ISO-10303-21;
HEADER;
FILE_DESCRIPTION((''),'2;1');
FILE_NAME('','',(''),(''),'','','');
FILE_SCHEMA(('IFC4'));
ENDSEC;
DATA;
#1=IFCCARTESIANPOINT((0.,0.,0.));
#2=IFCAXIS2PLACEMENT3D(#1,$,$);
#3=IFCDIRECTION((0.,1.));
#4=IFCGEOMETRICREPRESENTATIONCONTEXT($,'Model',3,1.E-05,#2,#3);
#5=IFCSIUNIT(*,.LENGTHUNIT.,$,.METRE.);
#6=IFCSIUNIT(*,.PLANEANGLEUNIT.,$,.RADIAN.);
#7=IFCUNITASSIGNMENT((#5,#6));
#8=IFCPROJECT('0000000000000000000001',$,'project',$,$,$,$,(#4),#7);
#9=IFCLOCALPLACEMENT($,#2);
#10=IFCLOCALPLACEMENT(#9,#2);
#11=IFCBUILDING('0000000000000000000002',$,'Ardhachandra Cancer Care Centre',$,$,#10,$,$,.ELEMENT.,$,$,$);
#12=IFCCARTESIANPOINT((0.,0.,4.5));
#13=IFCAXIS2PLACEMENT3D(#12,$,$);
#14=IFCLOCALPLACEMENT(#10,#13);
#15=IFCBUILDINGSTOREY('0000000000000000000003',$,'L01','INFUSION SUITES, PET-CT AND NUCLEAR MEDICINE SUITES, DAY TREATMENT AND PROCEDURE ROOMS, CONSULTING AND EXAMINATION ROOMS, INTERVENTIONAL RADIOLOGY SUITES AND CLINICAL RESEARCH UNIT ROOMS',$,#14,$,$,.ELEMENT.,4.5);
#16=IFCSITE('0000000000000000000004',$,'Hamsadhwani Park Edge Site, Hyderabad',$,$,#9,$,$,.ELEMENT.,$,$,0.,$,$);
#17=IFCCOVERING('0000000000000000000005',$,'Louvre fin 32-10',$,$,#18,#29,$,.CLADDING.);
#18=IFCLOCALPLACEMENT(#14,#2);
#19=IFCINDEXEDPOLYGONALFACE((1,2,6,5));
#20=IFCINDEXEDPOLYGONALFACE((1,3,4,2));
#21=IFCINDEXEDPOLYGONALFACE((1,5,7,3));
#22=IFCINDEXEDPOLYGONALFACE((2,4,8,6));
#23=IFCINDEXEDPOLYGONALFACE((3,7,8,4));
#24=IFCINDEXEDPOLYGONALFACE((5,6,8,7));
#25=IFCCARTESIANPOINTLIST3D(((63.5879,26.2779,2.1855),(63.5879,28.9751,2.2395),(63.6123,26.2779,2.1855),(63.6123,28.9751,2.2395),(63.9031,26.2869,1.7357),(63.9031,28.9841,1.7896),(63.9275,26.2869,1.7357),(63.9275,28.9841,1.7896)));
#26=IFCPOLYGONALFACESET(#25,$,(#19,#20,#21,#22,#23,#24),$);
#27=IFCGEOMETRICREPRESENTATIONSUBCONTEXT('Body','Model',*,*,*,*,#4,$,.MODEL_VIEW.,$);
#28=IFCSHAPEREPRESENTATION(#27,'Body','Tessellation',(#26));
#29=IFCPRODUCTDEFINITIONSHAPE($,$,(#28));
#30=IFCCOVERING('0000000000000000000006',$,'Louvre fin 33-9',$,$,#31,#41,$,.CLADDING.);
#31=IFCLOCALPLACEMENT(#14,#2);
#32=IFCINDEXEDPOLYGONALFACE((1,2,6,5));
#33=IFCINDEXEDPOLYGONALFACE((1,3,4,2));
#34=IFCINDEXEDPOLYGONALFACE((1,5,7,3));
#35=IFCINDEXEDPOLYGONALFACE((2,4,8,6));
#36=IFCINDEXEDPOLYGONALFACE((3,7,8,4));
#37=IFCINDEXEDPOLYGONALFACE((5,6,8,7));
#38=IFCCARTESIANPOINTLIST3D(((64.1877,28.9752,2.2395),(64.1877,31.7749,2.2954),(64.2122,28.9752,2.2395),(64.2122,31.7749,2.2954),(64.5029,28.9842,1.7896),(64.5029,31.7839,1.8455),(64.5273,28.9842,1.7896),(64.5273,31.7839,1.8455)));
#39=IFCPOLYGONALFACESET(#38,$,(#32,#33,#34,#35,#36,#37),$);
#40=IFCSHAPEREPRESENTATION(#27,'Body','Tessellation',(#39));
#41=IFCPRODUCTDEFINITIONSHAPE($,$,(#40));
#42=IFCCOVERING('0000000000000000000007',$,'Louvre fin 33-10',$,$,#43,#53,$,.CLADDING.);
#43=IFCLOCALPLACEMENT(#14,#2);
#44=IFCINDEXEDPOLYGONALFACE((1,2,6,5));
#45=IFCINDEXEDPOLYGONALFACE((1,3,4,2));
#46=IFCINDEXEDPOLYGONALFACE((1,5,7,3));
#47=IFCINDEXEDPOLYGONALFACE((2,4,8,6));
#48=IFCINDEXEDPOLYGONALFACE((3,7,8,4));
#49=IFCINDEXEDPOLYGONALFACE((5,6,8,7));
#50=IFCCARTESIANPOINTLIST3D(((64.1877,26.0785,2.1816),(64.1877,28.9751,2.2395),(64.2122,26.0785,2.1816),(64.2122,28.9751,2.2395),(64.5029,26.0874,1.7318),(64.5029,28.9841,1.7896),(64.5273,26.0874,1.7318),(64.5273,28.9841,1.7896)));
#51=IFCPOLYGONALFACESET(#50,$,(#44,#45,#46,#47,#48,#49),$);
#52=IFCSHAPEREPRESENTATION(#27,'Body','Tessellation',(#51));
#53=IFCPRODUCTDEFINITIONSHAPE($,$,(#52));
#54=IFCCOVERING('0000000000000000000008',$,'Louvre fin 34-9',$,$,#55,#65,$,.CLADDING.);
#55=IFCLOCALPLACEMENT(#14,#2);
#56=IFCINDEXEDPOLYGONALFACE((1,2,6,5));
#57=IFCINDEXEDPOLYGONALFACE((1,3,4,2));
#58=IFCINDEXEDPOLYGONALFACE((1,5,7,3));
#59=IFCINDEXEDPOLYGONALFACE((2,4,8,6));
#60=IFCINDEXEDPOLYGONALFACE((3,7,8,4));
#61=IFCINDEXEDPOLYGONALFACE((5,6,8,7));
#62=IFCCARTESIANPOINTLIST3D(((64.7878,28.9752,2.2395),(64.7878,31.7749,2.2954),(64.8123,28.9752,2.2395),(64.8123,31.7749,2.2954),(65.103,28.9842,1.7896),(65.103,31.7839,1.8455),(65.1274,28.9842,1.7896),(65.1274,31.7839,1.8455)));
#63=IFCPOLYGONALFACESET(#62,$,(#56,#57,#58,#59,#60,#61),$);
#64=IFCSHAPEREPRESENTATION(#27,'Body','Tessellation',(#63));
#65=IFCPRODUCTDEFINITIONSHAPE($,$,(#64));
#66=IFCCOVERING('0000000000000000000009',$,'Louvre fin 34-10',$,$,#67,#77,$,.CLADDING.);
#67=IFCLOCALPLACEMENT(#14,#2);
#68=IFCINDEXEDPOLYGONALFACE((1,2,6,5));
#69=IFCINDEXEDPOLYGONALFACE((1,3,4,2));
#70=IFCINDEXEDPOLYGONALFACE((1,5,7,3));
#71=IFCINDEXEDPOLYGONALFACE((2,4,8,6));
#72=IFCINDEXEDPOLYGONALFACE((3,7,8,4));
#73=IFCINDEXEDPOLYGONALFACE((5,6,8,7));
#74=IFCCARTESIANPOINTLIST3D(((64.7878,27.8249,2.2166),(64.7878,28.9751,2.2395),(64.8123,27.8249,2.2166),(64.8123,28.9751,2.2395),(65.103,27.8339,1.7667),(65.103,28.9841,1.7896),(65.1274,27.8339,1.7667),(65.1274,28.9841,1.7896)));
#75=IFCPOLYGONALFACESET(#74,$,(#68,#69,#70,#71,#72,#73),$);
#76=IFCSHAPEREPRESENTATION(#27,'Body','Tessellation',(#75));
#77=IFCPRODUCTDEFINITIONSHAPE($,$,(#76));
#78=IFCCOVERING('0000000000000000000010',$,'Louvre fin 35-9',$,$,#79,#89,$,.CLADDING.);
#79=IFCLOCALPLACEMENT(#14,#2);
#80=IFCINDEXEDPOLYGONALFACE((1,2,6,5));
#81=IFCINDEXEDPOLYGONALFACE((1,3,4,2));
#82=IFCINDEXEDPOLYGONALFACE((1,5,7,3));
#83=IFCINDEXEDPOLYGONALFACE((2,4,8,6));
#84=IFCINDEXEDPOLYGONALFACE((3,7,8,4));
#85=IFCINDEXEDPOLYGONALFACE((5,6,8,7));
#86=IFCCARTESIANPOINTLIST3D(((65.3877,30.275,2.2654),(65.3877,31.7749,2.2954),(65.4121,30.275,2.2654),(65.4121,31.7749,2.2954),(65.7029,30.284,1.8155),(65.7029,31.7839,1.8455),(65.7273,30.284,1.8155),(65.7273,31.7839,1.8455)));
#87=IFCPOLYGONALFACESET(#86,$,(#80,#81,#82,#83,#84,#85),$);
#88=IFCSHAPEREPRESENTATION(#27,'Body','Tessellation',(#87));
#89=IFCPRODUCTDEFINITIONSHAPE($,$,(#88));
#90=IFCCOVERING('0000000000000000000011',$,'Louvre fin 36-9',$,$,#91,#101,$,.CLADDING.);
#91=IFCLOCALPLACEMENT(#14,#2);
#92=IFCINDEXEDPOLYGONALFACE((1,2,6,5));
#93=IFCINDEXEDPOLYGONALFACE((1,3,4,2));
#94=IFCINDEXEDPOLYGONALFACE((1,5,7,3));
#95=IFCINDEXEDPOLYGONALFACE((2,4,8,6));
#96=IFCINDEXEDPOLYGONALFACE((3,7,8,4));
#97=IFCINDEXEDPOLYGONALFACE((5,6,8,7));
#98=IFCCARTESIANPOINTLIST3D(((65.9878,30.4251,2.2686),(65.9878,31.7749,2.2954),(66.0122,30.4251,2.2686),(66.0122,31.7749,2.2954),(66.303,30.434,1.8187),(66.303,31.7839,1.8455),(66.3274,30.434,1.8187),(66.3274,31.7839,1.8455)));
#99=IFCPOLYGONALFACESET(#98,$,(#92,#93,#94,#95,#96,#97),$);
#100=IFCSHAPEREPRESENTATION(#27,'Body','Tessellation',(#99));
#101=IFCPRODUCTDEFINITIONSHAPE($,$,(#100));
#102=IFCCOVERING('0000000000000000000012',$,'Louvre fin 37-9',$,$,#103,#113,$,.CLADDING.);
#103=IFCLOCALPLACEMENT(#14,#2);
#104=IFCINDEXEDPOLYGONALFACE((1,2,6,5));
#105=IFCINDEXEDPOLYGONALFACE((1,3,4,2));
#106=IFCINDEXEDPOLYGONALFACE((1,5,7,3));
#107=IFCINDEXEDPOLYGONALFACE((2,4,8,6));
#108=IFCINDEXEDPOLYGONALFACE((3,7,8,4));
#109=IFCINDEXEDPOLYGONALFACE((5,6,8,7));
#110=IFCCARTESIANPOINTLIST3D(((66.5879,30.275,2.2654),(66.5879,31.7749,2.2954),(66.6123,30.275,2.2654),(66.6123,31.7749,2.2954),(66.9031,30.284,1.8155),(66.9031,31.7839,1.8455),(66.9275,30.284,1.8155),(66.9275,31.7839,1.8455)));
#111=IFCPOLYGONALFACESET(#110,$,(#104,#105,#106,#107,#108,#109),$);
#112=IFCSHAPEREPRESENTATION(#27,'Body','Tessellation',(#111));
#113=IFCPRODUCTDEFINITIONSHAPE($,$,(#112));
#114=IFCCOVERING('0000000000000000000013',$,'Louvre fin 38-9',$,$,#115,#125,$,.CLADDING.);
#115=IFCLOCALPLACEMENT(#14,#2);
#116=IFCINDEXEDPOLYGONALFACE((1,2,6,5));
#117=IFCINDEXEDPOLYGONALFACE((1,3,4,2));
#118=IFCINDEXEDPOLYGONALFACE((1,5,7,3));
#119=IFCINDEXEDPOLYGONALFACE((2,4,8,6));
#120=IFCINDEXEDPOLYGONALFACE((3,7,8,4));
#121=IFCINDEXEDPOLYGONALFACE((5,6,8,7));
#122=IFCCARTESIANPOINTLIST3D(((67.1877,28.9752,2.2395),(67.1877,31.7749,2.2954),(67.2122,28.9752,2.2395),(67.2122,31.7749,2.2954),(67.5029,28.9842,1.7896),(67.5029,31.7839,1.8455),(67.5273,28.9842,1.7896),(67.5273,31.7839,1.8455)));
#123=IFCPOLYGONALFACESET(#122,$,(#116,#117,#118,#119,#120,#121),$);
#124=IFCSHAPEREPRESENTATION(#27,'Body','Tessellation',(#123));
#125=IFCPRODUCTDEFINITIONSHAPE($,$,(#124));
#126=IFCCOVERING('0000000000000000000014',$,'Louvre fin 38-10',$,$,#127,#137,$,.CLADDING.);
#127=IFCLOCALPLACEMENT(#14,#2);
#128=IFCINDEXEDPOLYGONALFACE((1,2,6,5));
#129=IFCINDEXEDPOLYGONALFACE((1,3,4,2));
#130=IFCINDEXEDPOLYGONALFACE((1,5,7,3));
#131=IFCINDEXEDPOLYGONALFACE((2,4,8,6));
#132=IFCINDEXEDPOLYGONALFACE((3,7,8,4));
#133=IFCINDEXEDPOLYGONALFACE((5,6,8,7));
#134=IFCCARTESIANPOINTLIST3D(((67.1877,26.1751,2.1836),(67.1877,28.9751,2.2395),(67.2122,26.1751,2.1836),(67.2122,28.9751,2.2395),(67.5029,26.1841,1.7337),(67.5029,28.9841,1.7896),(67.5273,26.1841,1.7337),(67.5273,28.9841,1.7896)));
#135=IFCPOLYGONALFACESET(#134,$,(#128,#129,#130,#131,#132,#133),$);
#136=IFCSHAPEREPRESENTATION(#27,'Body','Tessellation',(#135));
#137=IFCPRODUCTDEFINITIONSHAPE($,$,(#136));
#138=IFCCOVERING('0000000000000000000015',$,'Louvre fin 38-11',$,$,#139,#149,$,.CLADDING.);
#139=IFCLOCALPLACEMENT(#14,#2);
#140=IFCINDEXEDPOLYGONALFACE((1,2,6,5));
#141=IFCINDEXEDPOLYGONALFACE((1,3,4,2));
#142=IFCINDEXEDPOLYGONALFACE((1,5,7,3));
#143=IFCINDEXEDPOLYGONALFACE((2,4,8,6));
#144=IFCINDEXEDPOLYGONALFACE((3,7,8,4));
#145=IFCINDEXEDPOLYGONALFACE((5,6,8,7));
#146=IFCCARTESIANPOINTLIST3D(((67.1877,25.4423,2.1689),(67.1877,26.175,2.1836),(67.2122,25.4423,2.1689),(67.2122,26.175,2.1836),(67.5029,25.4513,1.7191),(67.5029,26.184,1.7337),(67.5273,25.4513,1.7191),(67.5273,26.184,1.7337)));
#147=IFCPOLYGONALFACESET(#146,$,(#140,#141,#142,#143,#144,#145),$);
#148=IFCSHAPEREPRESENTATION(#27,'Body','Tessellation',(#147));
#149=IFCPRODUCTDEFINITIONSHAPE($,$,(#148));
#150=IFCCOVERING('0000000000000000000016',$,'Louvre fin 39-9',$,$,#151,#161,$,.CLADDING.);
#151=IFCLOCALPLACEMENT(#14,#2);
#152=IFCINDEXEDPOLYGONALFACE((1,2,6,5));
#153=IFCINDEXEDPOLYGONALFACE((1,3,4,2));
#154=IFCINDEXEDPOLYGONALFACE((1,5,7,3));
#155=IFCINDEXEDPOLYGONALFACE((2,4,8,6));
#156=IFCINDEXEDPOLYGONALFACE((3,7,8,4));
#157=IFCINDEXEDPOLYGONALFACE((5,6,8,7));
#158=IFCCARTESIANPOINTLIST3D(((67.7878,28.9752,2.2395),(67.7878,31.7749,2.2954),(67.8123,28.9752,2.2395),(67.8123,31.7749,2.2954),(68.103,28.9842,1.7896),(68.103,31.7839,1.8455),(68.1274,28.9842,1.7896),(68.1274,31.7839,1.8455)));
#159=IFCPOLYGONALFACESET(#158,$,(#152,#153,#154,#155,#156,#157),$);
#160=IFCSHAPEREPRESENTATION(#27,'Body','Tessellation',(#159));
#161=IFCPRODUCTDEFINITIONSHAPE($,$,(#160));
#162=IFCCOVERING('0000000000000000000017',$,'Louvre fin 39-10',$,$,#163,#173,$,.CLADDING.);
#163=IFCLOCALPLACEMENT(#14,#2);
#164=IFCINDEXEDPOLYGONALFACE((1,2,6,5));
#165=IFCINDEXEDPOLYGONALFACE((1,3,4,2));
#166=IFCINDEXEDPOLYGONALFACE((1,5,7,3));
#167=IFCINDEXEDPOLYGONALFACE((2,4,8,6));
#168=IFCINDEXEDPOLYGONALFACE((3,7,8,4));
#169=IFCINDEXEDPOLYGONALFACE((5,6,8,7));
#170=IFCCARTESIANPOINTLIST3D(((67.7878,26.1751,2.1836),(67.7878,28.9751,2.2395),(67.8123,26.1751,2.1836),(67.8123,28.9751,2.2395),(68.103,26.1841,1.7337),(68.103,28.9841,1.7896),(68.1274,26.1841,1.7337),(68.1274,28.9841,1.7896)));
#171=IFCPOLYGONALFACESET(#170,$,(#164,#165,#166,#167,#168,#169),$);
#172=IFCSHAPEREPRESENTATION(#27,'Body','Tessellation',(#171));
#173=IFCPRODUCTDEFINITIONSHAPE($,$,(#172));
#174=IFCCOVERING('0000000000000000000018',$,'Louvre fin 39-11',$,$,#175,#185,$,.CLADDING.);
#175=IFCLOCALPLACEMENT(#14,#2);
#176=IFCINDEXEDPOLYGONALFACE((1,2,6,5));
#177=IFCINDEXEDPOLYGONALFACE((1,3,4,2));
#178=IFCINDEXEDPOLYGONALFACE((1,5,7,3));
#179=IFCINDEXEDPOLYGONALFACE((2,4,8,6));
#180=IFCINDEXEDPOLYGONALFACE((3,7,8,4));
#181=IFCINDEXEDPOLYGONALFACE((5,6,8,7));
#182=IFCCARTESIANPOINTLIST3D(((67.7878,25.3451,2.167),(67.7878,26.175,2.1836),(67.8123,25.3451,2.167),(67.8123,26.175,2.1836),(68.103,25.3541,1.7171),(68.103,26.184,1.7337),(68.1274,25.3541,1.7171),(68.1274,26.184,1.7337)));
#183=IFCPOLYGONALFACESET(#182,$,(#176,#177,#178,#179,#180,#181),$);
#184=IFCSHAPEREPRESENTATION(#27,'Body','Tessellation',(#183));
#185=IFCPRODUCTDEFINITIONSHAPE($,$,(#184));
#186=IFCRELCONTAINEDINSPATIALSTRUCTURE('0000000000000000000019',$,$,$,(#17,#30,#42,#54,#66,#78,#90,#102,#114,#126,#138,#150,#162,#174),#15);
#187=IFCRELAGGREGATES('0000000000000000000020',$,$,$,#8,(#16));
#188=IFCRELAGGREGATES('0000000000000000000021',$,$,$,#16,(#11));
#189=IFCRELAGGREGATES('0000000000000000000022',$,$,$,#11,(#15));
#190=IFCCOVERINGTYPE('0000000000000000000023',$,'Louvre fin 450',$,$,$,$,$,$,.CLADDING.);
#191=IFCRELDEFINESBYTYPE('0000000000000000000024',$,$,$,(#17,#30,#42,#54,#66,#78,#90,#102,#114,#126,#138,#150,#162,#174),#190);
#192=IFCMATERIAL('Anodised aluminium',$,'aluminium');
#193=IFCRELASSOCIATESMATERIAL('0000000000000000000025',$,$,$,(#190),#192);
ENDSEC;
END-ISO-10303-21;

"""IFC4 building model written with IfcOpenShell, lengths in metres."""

from ifc_helpers import new_model, si_unit, direction, frame, origin, place, context, subcontext, project, spatial, polyline, outline, extrude, material, material_profile, profile_set, type_object, element, save


model = new_model("IFC4")

# Units and contexts
model_context = context("Model", 3, precision=1e-05, world=origin(), true_north=direction((0.0, 1.0)))
body_context = subcontext(model_context, "Body", "Model", "MODEL_VIEW")
ifc_project = project(units=[si_unit("LENGTHUNIT", "METRE"), si_unit("PLANEANGLEUNIT", "RADIAN")], contexts=[model_context])

# Site, building, storey
site_placement = place(None, origin())
site = spatial("IfcSite", under=ifc_project, at=site_placement, Name="Hamsadhwani Park Edge Site, Hyderabad", CompositionType="ELEMENT", RefElevation=0.0)
building_placement = place(site_placement, origin())
building = spatial("IfcBuilding", under=site, at=building_placement, Name="Ardhachandra Cancer Care Centre", CompositionType="ELEMENT")
storey_placement = place(building_placement, frame((0.0, 0.0, 4.5)))
storey = spatial("IfcBuildingStorey", under=building, at=storey_placement, Name="L01", Description="INFUSION SUITES, PET-CT AND NUCLEAR MEDICINE SUITES, DAY TREATMENT AND PROCEDURE ROOMS, CONSULTING AND EXAMINATION ROOMS, INTERVENTIONAL RADIOLOGY SUITES AND CLINICAL RESEARCH UNIT ROOMS", CompositionType="ELEMENT", Elevation=4.5)

# Coverings
ifc_material_1 = material(Name="Anodised aluminium", Category="aluminium")
ifc_material_profile_1 = material_profile(ifc_material_1, outline(polyline([(-0.0122, 0.0), (0.0122, 0.0), (0.3274, -0.45), (0.303, -0.45), (-0.0122, 0.0)])), Name="Louvre fin 450")
ifc_profile_set_1 = profile_set([ifc_material_profile_1], Name="Anodised aluminium")
covering_type = type_object("IfcCoveringType", Name="Louvre fin 450", PredefinedType="CLADDING", material=ifc_profile_set_1)
covering_1_placement = place(storey_placement, frame((63.6001, 28.9751, 2.2395), z_axis=(0.0, -0.9998, -0.02), x_axis=(1.0, 0.0, 0.0)))
element("IfcCovering", 1, at=covering_1_placement, inside=storey, type_object=covering_type, Name="Louvre fin 32-10", PredefinedType="CLADDING", context=body_context, shape_type="SweptSolid", body=[
    extrude(outline(polyline([(-0.0122, 0.0), (0.0122, 0.0), (0.3274, -0.45), (0.303, -0.45), (-0.0122, 0.0)])), origin(), (0.0, 0.0, 1.0), 2.6978),
])
covering_2_placement = place(storey_placement, frame((64.2, 31.7749, 2.2954), z_axis=(0.0, -0.999801, -0.019965), x_axis=(1.0, 0.0, 0.0)))
element("IfcCovering", 2, at=covering_2_placement, inside=storey, type_object=covering_type, Name="Louvre fin 33-9", PredefinedType="CLADDING", context=body_context, shape_type="SweptSolid", body=[
    extrude(outline(polyline([(-0.0122, 0.0), (0.0122, 0.0), (0.3274, -0.45), (0.303, -0.45), (-0.0122, 0.0)])), origin(), (0.0, 0.0, 1.0), 2.8003),
])
covering_3_placement = place(storey_placement, frame((64.2, 28.9751, 2.2395), z_axis=(0.0, -0.999801, -0.019971), x_axis=(1.0, 0.0, 0.0)))
element("IfcCovering", 3, at=covering_3_placement, inside=storey, type_object=covering_type, Name="Louvre fin 33-10", PredefinedType="CLADDING", context=body_context, shape_type="SweptSolid", body=[
    extrude(outline(polyline([(-0.0122, 0.0), (0.0122, 0.0), (0.3274, -0.45), (0.303, -0.45), (-0.0122, 0.0)])), origin(), (0.0, 0.0, 1.0), 2.8972),
])
covering_4_placement = place(storey_placement, frame((64.8, 31.7749, 2.2954), z_axis=(0.0, -0.999801, -0.019965), x_axis=(1.0, 0.0, 0.0)))
element("IfcCovering", 4, at=covering_4_placement, inside=storey, type_object=covering_type, Name="Louvre fin 34-9", PredefinedType="CLADDING", context=body_context, shape_type="SweptSolid", body=[
    extrude(outline(polyline([(-0.0122, 0.0), (0.0122, 0.0), (0.3274, -0.45), (0.303, -0.45), (-0.0122, 0.0)])), origin(), (0.0, 0.0, 1.0), 2.8003),
])
covering_5_placement = place(storey_placement, frame((64.8, 28.9751, 2.2395), z_axis=(0.0, -0.999801, -0.019949), x_axis=(1.0, 0.0, 0.0)))
element("IfcCovering", 5, at=covering_5_placement, inside=storey, type_object=covering_type, Name="Louvre fin 34-10", PredefinedType="CLADDING", context=body_context, shape_type="SweptSolid", body=[
    extrude(outline(polyline([(-0.0122, 0.0), (0.0122, 0.0), (0.3274, -0.45), (0.303, -0.45), (-0.0122, 0.0)])), origin(), (0.0, 0.0, 1.0), 1.1504),
])
covering_6_placement = place(storey_placement, frame((65.3999, 31.7749, 2.2954), z_axis=(0.0, -0.9998, -0.020016), x_axis=(1.0, 0.0, 0.0)))
element("IfcCovering", 6, at=covering_6_placement, inside=storey, type_object=covering_type, Name="Louvre fin 35-9", PredefinedType="CLADDING", context=body_context, shape_type="SweptSolid", body=[
    extrude(outline(polyline([(-0.0122, 0.0), (0.0122, 0.0), (0.3274, -0.45), (0.303, -0.45), (-0.0122, 0.0)])), origin(), (0.0, 0.0, 1.0), 1.5002),
])
covering_7_placement = place(storey_placement, frame((66.0, 31.7749, 2.2954), z_axis=(0.0, -0.999802, -0.019891), x_axis=(1.0, 0.0, 0.0)))
element("IfcCovering", 7, at=covering_7_placement, inside=storey, type_object=covering_type, Name="Louvre fin 36-9", PredefinedType="CLADDING", context=body_context, shape_type="SweptSolid", body=[
    extrude(outline(polyline([(-0.0122, 0.0), (0.0122, 0.0), (0.3274, -0.45), (0.303, -0.45), (-0.0122, 0.0)])), origin(), (0.0, 0.0, 1.0), 1.3501),
])
covering_8_placement = place(storey_placement, frame((66.6001, 31.7749, 2.2954), z_axis=(0.0, -0.9998, -0.020016), x_axis=(1.0, 0.0, 0.0)))
element("IfcCovering", 8, at=covering_8_placement, inside=storey, type_object=covering_type, Name="Louvre fin 37-9", PredefinedType="CLADDING", context=body_context, shape_type="SweptSolid", body=[
    extrude(outline(polyline([(-0.0122, 0.0), (0.0122, 0.0), (0.3274, -0.45), (0.303, -0.45), (-0.0122, 0.0)])), origin(), (0.0, 0.0, 1.0), 1.5002),
])
covering_9_placement = place(storey_placement, frame((67.2, 31.7749, 2.2954), z_axis=(0.0, -0.999801, -0.019965), x_axis=(1.0, 0.0, 0.0)))
element("IfcCovering", 9, at=covering_9_placement, inside=storey, type_object=covering_type, Name="Louvre fin 38-9", PredefinedType="CLADDING", context=body_context, shape_type="SweptSolid", body=[
    extrude(outline(polyline([(-0.0122, 0.0), (0.0122, 0.0), (0.3274, -0.45), (0.303, -0.45), (-0.0122, 0.0)])), origin(), (0.0, 0.0, 1.0), 2.8003),
])
covering_10_placement = place(storey_placement, frame((67.2, 28.9751, 2.2395), z_axis=(0.0, -0.999801, -0.019963), x_axis=(1.0, 0.0, 0.0)))
element("IfcCovering", 10, at=covering_10_placement, inside=storey, type_object=covering_type, Name="Louvre fin 38-10", PredefinedType="CLADDING", context=body_context, shape_type="SweptSolid", body=[
    extrude(outline(polyline([(-0.0122, 0.0), (0.0122, 0.0), (0.3274, -0.45), (0.303, -0.45), (-0.0122, 0.0)])), origin(), (0.0, 0.0, 1.0), 2.8005),
])
covering_11_placement = place(storey_placement, frame((67.2, 26.175, 2.1836), z_axis=(0.0, -0.9998, -0.019989), x_axis=(1.0, 0.0, 0.0)))
element("IfcCovering", 11, at=covering_11_placement, inside=storey, type_object=covering_type, Name="Louvre fin 38-11", PredefinedType="CLADDING", context=body_context, shape_type="SweptSolid", body=[
    extrude(outline(polyline([(-0.0122, 0.0), (0.0122, 0.0), (0.3274, -0.45), (0.303, -0.45), (-0.0122, 0.0)])), origin(), (0.0, 0.0, 1.0), 0.7329),
])
covering_12_placement = place(storey_placement, frame((67.8, 31.7749, 2.2954), z_axis=(0.0, -0.999801, -0.019965), x_axis=(1.0, 0.0, 0.0)))
element("IfcCovering", 12, at=covering_12_placement, inside=storey, type_object=covering_type, Name="Louvre fin 39-9", PredefinedType="CLADDING", context=body_context, shape_type="SweptSolid", body=[
    extrude(outline(polyline([(-0.0122, 0.0), (0.0122, 0.0), (0.3274, -0.45), (0.303, -0.45), (-0.0122, 0.0)])), origin(), (0.0, 0.0, 1.0), 2.8003),
])
covering_13_placement = place(storey_placement, frame((67.8, 28.9751, 2.2395), z_axis=(0.0, -0.999801, -0.019963), x_axis=(1.0, 0.0, 0.0)))
element("IfcCovering", 13, at=covering_13_placement, inside=storey, type_object=covering_type, Name="Louvre fin 39-10", PredefinedType="CLADDING", context=body_context, shape_type="SweptSolid", body=[
    extrude(outline(polyline([(-0.0122, 0.0), (0.0122, 0.0), (0.3274, -0.45), (0.303, -0.45), (-0.0122, 0.0)])), origin(), (0.0, 0.0, 1.0), 2.8005),
])
covering_14_placement = place(storey_placement, frame((67.8, 26.175, 2.1836), z_axis=(0.0, -0.9998, -0.020002), x_axis=(1.0, 0.0, 0.0)))
element("IfcCovering", 14, at=covering_14_placement, inside=storey, type_object=covering_type, Name="Louvre fin 39-11", PredefinedType="CLADDING", context=body_context, shape_type="SweptSolid", body=[
    extrude(outline(polyline([(-0.0122, 0.0), (0.0122, 0.0), (0.3274, -0.45), (0.303, -0.45), (-0.0122, 0.0)])), origin(), (0.0, 0.0, 1.0), 0.8301),
])

save(model, "model.ifc")
